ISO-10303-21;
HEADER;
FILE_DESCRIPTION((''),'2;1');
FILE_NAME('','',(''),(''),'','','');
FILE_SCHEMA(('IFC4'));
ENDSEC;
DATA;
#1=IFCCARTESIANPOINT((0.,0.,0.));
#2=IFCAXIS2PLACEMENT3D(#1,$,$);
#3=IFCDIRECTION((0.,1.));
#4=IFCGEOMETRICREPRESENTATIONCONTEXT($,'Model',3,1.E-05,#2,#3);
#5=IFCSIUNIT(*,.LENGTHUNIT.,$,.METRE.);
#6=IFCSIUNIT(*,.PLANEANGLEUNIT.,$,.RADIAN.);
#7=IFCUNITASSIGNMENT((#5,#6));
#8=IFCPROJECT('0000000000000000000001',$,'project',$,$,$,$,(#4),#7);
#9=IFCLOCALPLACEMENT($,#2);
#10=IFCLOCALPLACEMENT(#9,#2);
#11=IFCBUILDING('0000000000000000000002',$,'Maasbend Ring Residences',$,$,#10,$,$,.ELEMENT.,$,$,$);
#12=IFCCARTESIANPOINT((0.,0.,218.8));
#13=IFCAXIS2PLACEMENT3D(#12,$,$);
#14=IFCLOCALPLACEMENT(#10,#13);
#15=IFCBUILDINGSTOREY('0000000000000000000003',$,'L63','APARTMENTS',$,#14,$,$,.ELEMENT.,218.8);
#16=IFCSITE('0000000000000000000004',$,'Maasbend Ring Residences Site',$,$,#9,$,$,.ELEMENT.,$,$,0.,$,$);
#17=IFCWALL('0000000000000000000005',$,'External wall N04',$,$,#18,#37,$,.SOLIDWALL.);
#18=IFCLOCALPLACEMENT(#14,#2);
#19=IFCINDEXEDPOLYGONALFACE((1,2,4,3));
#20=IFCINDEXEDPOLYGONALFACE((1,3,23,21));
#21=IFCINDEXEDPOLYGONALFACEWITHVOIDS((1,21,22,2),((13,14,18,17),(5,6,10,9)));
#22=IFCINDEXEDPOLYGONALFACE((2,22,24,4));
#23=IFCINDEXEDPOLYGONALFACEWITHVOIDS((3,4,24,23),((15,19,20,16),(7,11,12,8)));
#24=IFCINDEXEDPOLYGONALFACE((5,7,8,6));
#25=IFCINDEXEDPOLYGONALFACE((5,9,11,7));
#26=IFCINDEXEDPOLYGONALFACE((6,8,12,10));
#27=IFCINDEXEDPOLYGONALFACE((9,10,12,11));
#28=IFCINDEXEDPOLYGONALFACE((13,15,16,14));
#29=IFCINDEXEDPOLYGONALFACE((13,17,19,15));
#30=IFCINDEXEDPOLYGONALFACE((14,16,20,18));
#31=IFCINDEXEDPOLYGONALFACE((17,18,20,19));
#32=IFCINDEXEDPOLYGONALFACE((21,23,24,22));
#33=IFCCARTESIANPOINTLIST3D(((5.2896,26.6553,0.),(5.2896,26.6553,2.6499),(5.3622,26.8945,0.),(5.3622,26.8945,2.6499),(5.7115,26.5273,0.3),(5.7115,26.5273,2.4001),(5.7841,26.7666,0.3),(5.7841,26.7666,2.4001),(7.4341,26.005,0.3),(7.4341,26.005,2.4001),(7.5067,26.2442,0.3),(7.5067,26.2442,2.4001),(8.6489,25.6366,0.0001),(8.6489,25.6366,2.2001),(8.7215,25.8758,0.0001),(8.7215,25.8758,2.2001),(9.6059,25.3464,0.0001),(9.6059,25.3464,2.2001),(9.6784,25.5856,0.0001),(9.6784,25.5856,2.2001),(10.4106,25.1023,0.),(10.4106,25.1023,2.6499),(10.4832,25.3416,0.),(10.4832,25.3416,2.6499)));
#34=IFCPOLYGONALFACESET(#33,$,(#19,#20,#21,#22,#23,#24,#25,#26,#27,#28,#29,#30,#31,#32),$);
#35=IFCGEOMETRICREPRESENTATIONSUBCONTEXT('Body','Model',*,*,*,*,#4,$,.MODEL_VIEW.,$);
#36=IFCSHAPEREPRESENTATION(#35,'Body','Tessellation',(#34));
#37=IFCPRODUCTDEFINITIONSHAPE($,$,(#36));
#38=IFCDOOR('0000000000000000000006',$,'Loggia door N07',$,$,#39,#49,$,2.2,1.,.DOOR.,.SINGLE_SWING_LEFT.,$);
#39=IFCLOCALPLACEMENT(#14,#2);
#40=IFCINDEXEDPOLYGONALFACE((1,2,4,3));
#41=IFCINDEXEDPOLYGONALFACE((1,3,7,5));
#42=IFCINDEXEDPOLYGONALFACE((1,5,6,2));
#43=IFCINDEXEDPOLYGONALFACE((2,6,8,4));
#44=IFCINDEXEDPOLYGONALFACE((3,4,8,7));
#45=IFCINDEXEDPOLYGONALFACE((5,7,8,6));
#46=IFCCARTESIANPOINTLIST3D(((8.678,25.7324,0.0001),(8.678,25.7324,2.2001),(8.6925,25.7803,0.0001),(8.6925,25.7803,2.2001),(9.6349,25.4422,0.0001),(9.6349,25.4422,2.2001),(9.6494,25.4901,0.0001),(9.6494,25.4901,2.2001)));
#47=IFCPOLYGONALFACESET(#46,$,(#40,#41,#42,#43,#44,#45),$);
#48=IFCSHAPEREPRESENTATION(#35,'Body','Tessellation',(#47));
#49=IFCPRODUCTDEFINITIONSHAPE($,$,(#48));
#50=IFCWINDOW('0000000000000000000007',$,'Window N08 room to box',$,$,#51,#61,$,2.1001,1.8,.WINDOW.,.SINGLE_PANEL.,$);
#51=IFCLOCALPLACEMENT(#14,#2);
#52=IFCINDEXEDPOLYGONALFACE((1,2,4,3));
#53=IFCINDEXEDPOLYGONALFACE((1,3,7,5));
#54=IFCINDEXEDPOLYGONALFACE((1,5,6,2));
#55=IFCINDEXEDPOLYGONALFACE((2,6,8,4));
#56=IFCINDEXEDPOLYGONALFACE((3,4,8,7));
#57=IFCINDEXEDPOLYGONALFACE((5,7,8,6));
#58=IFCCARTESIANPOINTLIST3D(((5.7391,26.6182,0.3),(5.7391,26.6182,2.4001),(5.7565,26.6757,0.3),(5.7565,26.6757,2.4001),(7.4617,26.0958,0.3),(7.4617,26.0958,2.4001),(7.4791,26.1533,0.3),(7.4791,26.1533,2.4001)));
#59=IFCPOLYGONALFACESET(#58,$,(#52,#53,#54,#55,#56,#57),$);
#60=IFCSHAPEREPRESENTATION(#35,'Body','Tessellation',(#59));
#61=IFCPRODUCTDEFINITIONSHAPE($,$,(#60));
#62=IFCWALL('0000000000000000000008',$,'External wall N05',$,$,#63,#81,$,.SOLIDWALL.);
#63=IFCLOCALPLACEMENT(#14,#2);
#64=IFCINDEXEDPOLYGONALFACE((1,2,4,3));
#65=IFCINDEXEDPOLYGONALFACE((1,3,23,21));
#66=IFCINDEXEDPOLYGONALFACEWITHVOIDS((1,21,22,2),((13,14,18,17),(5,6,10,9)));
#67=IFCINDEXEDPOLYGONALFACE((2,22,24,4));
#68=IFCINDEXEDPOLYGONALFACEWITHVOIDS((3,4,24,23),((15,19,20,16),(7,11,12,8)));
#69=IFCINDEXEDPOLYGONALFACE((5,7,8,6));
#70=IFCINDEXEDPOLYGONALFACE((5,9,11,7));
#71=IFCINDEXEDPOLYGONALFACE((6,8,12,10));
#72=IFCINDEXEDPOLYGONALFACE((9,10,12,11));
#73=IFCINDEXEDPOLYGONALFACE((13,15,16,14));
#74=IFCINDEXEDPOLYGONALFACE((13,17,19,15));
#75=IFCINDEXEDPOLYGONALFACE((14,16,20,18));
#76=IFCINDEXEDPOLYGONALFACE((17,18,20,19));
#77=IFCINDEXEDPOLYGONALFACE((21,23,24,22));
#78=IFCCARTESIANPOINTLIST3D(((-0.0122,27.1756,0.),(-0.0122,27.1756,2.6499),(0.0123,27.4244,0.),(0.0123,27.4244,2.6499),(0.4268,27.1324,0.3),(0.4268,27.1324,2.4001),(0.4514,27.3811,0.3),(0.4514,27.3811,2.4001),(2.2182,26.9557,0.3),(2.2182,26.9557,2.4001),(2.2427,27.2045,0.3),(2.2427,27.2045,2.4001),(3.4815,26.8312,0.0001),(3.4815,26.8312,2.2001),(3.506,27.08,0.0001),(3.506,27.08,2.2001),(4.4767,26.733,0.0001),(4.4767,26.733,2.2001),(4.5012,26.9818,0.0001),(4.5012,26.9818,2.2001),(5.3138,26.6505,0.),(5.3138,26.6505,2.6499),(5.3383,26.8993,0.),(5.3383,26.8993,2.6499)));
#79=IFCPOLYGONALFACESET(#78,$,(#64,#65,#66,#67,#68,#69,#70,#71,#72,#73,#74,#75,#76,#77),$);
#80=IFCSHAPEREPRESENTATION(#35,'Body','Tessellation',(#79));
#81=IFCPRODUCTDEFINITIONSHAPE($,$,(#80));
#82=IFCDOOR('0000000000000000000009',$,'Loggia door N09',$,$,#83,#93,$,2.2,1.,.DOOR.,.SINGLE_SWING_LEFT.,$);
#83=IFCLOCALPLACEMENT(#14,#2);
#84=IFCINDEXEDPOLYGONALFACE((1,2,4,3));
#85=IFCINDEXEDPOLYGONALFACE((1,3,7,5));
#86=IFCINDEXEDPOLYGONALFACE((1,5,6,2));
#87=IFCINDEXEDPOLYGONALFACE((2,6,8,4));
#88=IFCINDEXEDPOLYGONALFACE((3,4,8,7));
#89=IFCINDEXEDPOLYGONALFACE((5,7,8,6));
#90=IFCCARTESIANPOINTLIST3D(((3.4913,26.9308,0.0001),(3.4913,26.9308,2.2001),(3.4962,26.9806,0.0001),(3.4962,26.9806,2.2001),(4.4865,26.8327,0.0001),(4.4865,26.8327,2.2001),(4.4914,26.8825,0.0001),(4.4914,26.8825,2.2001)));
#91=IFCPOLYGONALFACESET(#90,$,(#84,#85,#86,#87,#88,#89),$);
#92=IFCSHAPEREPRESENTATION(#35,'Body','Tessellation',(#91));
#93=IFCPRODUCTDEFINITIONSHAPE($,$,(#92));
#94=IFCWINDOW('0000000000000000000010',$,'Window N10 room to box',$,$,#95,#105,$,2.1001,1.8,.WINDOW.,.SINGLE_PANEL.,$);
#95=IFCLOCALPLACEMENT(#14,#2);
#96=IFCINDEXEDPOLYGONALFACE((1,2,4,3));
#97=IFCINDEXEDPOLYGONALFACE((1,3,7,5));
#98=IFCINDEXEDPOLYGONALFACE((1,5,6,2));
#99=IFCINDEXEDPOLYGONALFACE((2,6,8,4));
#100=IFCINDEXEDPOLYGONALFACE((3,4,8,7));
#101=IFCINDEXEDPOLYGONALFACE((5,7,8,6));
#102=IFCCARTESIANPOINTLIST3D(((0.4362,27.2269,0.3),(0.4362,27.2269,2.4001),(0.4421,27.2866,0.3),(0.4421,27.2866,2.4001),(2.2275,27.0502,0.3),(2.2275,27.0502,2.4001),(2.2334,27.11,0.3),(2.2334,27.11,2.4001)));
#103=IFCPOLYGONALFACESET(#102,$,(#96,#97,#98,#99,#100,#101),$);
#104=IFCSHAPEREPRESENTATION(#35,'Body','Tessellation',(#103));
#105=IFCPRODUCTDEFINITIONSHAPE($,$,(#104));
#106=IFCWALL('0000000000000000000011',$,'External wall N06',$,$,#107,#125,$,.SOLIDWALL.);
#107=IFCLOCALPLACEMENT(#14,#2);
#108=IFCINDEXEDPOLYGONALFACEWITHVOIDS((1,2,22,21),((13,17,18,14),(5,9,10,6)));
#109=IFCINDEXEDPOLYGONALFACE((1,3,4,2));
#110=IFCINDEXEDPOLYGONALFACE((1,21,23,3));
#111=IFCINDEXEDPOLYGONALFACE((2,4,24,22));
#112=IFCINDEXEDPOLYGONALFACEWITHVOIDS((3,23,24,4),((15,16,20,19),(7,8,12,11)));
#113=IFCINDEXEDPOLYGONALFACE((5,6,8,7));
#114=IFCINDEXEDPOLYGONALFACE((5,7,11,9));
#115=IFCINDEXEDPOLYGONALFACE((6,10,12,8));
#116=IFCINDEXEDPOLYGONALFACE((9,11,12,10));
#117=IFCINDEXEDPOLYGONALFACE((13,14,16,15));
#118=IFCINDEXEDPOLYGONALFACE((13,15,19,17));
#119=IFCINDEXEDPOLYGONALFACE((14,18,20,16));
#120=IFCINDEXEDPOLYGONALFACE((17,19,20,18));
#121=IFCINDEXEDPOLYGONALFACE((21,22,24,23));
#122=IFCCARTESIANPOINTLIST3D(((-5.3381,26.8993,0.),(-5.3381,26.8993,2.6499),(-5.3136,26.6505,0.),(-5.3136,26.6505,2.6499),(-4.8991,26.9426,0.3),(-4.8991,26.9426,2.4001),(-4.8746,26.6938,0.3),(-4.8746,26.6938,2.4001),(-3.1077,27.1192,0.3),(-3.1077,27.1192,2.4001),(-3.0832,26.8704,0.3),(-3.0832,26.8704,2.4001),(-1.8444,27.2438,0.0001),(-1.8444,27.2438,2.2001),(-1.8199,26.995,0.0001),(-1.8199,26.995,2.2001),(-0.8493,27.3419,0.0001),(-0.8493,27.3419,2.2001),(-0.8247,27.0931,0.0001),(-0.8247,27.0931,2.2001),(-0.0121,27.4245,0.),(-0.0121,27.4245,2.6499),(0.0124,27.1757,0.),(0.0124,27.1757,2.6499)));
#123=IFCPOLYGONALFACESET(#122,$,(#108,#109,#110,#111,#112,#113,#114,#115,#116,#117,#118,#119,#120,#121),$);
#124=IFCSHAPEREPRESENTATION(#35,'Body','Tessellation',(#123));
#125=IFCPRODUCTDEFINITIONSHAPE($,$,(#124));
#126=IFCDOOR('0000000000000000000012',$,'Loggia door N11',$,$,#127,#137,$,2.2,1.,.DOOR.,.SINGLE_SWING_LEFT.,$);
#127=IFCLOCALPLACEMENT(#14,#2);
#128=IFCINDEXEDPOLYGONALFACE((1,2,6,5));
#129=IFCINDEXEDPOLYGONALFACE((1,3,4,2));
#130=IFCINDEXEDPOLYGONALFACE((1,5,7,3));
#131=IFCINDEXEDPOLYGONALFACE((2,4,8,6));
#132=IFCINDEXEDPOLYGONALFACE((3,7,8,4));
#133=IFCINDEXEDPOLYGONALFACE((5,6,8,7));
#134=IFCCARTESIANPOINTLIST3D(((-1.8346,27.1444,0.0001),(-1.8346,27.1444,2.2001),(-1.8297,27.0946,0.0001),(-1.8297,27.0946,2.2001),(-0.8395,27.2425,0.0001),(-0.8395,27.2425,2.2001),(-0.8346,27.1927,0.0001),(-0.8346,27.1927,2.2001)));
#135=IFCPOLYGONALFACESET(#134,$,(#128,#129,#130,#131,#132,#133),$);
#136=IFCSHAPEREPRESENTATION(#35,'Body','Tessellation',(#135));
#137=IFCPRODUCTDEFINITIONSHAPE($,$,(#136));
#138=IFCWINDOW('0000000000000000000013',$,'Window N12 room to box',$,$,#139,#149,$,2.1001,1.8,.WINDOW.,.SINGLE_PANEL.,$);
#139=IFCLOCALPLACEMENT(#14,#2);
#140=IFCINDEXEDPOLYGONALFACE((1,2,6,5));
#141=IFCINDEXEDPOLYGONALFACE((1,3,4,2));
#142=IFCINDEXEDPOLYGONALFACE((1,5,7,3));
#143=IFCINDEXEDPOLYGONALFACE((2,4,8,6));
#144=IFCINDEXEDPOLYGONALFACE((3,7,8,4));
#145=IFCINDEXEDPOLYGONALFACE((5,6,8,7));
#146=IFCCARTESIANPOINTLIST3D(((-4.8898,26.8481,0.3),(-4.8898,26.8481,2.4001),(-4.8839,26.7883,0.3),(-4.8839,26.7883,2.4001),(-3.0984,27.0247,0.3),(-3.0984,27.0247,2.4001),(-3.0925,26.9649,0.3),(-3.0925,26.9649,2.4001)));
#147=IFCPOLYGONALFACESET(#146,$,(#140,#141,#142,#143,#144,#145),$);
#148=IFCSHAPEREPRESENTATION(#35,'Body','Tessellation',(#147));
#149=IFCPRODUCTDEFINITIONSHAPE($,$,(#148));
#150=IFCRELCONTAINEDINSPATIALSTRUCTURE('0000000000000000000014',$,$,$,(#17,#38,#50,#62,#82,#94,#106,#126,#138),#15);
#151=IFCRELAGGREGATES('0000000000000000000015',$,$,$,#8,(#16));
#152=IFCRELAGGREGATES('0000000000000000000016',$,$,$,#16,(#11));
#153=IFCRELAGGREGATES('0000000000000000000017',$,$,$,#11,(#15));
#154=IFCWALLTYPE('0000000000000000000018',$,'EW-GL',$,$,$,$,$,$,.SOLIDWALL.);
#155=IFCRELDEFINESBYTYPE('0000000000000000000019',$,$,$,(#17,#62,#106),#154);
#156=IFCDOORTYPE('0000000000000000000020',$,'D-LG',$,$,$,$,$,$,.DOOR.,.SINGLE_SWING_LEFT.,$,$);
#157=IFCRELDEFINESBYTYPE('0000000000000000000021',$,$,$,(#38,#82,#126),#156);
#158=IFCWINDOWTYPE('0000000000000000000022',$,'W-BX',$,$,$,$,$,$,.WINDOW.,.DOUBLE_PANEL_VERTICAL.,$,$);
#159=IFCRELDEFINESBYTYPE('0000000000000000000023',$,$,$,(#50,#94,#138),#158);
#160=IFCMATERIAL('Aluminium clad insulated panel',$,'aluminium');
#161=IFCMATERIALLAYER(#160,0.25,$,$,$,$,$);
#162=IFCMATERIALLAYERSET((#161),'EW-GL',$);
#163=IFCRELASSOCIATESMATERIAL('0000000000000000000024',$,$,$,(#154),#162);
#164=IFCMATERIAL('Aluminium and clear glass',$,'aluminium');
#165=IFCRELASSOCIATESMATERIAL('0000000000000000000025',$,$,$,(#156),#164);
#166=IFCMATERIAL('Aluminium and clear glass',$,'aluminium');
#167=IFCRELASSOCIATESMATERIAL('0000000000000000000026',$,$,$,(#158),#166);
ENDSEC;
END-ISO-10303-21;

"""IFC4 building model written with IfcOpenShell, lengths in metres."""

from ifc_helpers import new_model, si_unit, direction, frame, frame_2d, origin, place, context, subcontext, project, spatial, rectangle, extrude, material, layer, layer_set, type_object, element, fill, save


model = new_model("IFC4")

# Units and contexts
model_context = context("Model", 3, precision=1e-05, world=origin(), true_north=direction((0.0, 1.0)))
body_context = subcontext(model_context, "Body", "Model", "MODEL_VIEW")
ifc_project = project(units=[si_unit("LENGTHUNIT", "METRE"), si_unit("PLANEANGLEUNIT", "RADIAN")], contexts=[model_context])

# Site, building, storey
site_placement = place(None, origin())
site = spatial("IfcSite", under=ifc_project, at=site_placement, Name="Maasbend Ring Residences Site", CompositionType="ELEMENT", RefElevation=0.0)
building_placement = place(site_placement, origin())
building = spatial("IfcBuilding", under=site, at=building_placement, Name="Maasbend Ring Residences", CompositionType="ELEMENT")
storey_placement = place(building_placement, frame((0.0, 0.0, 218.8)))
storey = spatial("IfcBuildingStorey", under=building, at=storey_placement, Name="L63", Description="APARTMENTS", CompositionType="ELEMENT", Elevation=218.8)

# Walls, openings, doors, windows
ifc_material_1 = material(Name="Aluminium clad insulated panel", Category="aluminium")
ifc_layer_1 = layer(ifc_material_1, 0.25)
ifc_layer_set_1 = layer_set([ifc_layer_1], Name="EW-GL")
wall_type_1 = type_object("IfcWallType", Name="EW-GL", PredefinedType="SOLIDWALL", material=ifc_layer_set_1)
wall_1_placement = place(storey_placement, frame((10.447, 25.2219, 0.0), z_axis=(0.0, 0.0, 1.0), x_axis=(-0.956966, 0.290201, 0.0)))
wall_1 = element("IfcWall", 1, at=wall_1_placement, inside=storey, type_object=wall_type_1, Name="External wall N04", PredefinedType="SOLIDWALL", context=body_context, shape_type="SweptSolid", body=[
    extrude(rectangle(XDim=5.3513, YDim=0.25, at=frame_2d((2.6758, 0.0))), origin(), (0.0, 0.0, 1.0), 2.6499),
])
opening_1_placement = place(wall_1_placement, frame((0.8411, 0.0, 0.0)))
opening_1 = element("IfcOpeningElement", 2, at=opening_1_placement, cuts=wall_1, PredefinedType="OPENING", context=body_context, shape_type="SweptSolid", body=[
    extrude(rectangle(XDim=1.0, YDim=2.2, at=frame_2d((0.5, 1.1001))), frame((0.0, 0.135, 0.0), z_axis=(0.0, -1.0, 0.0), x_axis=(1.0, 0.0, 0.0)), (0.0, 0.0, 1.0), 0.27),
])
opening_2_placement = place(wall_1_placement, frame((3.1106, 0.0, 0.3)))
opening_2 = element("IfcOpeningElement", 3, at=opening_2_placement, cuts=wall_1, PredefinedType="OPENING", context=body_context, shape_type="SweptSolid", body=[
    extrude(rectangle(XDim=1.8, YDim=2.1001, at=frame_2d((0.8999, 1.05))), frame((0.0, 0.135, 0.0), z_axis=(0.0, -1.0, 0.0), x_axis=(1.0, 0.0, 0.0)), (0.0, 0.0, 1.0), 0.27),
])
ifc_material_2 = material(Name="Aluminium and clear glass", Category="aluminium")
door_type_1 = type_object("IfcDoorType", Name="D-LG", OperationType="SINGLE_SWING_LEFT", PredefinedType="DOOR", material=ifc_material_2)
door_1_placement = place(opening_1_placement, origin())
door_1 = element("IfcDoor", 4, at=door_1_placement, inside=storey, type_object=door_type_1, Name="Loggia door N07", OperationType="SINGLE_SWING_LEFT", OverallHeight=2.2, OverallWidth=1.0, PredefinedType="DOOR", context=body_context, shape_type="SweptSolid", body=[
    extrude(rectangle(XDim=1.0, YDim=2.2, at=frame_2d((0.5, 1.1001))), frame((0.0, 0.0249, 0.0), z_axis=(0.0, -1.0, 0.0), x_axis=(1.0, 0.0, 0.0)), (0.0, 0.0, 1.0), 0.05),
])
fill(opening_1, door_1)
ifc_material_3 = material(Name="Aluminium and clear glass", Category="aluminium")
window_type_1 = type_object("IfcWindowType", Name="W-BX", PartitioningType="DOUBLE_PANEL_VERTICAL", PredefinedType="WINDOW", material=ifc_material_3)
window_1_placement = place(opening_2_placement, origin())
window_1 = element("IfcWindow", 5, at=window_1_placement, inside=storey, type_object=window_type_1, Name="Window N08 room to box", OverallHeight=2.1001, OverallWidth=1.8, PartitioningType="SINGLE_PANEL", PredefinedType="WINDOW", context=body_context, shape_type="SweptSolid", body=[
    extrude(rectangle(XDim=1.8, YDim=2.1001, at=frame_2d((0.8999, 1.05))), frame((0.0, 0.03, 0.0), z_axis=(0.0, -1.0, 0.0), x_axis=(1.0, 0.0, 0.0)), (0.0, 0.0, 1.0), 0.0601),
])
fill(opening_2, window_1)
wall_2_placement = place(storey_placement, frame((5.3259, 26.7749, 0.0), z_axis=(0.0, 0.0, 1.0), x_axis=(-0.995174, 0.098126, 0.0)))
wall_2 = element("IfcWall", 6, at=wall_2_placement, inside=storey, type_object=wall_type_1, Name="External wall N05", PredefinedType="SOLIDWALL", context=body_context, shape_type="SweptSolid", body=[
    extrude(rectangle(XDim=5.3518, YDim=0.25, at=frame_2d((2.6758, 0.0))), origin(), (0.0, 0.0, 1.0), 2.6499),
])
opening_3_placement = place(wall_2_placement, frame((0.8411, 0.0, 0.0)))
opening_3 = element("IfcOpeningElement", 7, at=opening_3_placement, cuts=wall_2, PredefinedType="OPENING", context=body_context, shape_type="SweptSolid", body=[
    extrude(rectangle(XDim=1.0, YDim=2.2, at=frame_2d((0.5, 1.1001))), frame((0.0, 0.135, 0.0), z_axis=(0.0, -1.0, 0.0), x_axis=(1.0, 0.0, 0.0)), (0.0, 0.0, 1.0), 0.27),
])
opening_4_placement = place(wall_2_placement, frame((3.1106, 0.0, 0.3)))
opening_4 = element("IfcOpeningElement", 8, at=opening_4_placement, cuts=wall_2, PredefinedType="OPENING", context=body_context, shape_type="SweptSolid", body=[
    extrude(rectangle(XDim=1.8, YDim=2.1001, at=frame_2d((0.8999, 1.05))), frame((0.0, 0.135, 0.0), z_axis=(0.0, -1.0, 0.0), x_axis=(1.0, 0.0, 0.0)), (0.0, 0.0, 1.0), 0.27),
])
door_2_placement = place(opening_3_placement, origin())
door_2 = element("IfcDoor", 9, at=door_2_placement, inside=storey, type_object=door_type_1, Name="Loggia door N09", OperationType="SINGLE_SWING_LEFT", OverallHeight=2.2, OverallWidth=1.0, PredefinedType="DOOR", context=body_context, shape_type="SweptSolid", body=[
    extrude(rectangle(XDim=1.0, YDim=2.2, at=frame_2d((0.5, 1.1001))), frame((0.0, 0.0249, 0.0), z_axis=(0.0, -1.0, 0.0), x_axis=(1.0, 0.0, 0.0)), (0.0, 0.0, 1.0), 0.05),
])
fill(opening_3, door_2)
window_2_placement = place(opening_4_placement, origin())
window_2 = element("IfcWindow", 10, at=window_2_placement, inside=storey, type_object=window_type_1, Name="Window N10 room to box", OverallHeight=2.1001, OverallWidth=1.8, PartitioningType="SINGLE_PANEL", PredefinedType="WINDOW", context=body_context, shape_type="SweptSolid", body=[
    extrude(rectangle(XDim=1.8, YDim=2.1001, at=frame_2d((0.8999, 1.05))), frame((0.0, 0.03, 0.0), z_axis=(0.0, -1.0, 0.0), x_axis=(1.0, 0.0, 0.0)), (0.0, 0.0, 1.0), 0.0601),
])
fill(opening_4, window_2)
wall_3_placement = place(storey_placement, frame((0.0, 27.3, 0.0), z_axis=(0.0, 0.0, 1.0), x_axis=(-0.995174, -0.098126, 0.0)))
wall_3 = element("IfcWall", 11, at=wall_3_placement, inside=storey, type_object=wall_type_1, Name="External wall N06", PredefinedType="SOLIDWALL", context=body_context, shape_type="SweptSolid", body=[
    extrude(rectangle(XDim=5.3518, YDim=0.25, at=frame_2d((2.6758, 0.0))), origin(), (0.0, 0.0, 1.0), 2.6499),
])
opening_5_placement = place(wall_3_placement, frame((0.8411, 0.0, 0.0)))
opening_5 = element("IfcOpeningElement", 12, at=opening_5_placement, cuts=wall_3, PredefinedType="OPENING", context=body_context, shape_type="SweptSolid", body=[
    extrude(rectangle(XDim=1.0, YDim=2.2, at=frame_2d((0.5, 1.1001))), frame((0.0, 0.135, 0.0), z_axis=(0.0, -1.0, 0.0), x_axis=(1.0, 0.0, 0.0)), (0.0, 0.0, 1.0), 0.27),
])
opening_6_placement = place(wall_3_placement, frame((3.1106, 0.0, 0.3)))
opening_6 = element("IfcOpeningElement", 13, at=opening_6_placement, cuts=wall_3, PredefinedType="OPENING", context=body_context, shape_type="SweptSolid", body=[
    extrude(rectangle(XDim=1.8, YDim=2.1001, at=frame_2d((0.8999, 1.05))), frame((0.0, 0.135, 0.0), z_axis=(0.0, -1.0, 0.0), x_axis=(1.0, 0.0, 0.0)), (0.0, 0.0, 1.0), 0.27),
])
door_3_placement = place(opening_5_placement, origin())
door_3 = element("IfcDoor", 14, at=door_3_placement, inside=storey, type_object=door_type_1, Name="Loggia door N11", OperationType="SINGLE_SWING_LEFT", OverallHeight=2.2, OverallWidth=1.0, PredefinedType="DOOR", context=body_context, shape_type="SweptSolid", body=[
    extrude(rectangle(XDim=1.0, YDim=2.2, at=frame_2d((0.5, 1.1001))), frame((0.0, 0.0249, 0.0), z_axis=(0.0, -1.0, 0.0), x_axis=(1.0, 0.0, 0.0)), (0.0, 0.0, 1.0), 0.05),
])
fill(opening_5, door_3)
window_3_placement = place(opening_6_placement, origin())
window_3 = element("IfcWindow", 15, at=window_3_placement, inside=storey, type_object=window_type_1, Name="Window N12 room to box", OverallHeight=2.1001, OverallWidth=1.8, PartitioningType="SINGLE_PANEL", PredefinedType="WINDOW", context=body_context, shape_type="SweptSolid", body=[
    extrude(rectangle(XDim=1.8, YDim=2.1001, at=frame_2d((0.8999, 1.05))), frame((0.0, 0.03, 0.0), z_axis=(0.0, -1.0, 0.0), x_axis=(1.0, 0.0, 0.0)), (0.0, 0.0, 1.0), 0.0601),
])
fill(opening_6, window_3)

save(model, "model.ifc")
